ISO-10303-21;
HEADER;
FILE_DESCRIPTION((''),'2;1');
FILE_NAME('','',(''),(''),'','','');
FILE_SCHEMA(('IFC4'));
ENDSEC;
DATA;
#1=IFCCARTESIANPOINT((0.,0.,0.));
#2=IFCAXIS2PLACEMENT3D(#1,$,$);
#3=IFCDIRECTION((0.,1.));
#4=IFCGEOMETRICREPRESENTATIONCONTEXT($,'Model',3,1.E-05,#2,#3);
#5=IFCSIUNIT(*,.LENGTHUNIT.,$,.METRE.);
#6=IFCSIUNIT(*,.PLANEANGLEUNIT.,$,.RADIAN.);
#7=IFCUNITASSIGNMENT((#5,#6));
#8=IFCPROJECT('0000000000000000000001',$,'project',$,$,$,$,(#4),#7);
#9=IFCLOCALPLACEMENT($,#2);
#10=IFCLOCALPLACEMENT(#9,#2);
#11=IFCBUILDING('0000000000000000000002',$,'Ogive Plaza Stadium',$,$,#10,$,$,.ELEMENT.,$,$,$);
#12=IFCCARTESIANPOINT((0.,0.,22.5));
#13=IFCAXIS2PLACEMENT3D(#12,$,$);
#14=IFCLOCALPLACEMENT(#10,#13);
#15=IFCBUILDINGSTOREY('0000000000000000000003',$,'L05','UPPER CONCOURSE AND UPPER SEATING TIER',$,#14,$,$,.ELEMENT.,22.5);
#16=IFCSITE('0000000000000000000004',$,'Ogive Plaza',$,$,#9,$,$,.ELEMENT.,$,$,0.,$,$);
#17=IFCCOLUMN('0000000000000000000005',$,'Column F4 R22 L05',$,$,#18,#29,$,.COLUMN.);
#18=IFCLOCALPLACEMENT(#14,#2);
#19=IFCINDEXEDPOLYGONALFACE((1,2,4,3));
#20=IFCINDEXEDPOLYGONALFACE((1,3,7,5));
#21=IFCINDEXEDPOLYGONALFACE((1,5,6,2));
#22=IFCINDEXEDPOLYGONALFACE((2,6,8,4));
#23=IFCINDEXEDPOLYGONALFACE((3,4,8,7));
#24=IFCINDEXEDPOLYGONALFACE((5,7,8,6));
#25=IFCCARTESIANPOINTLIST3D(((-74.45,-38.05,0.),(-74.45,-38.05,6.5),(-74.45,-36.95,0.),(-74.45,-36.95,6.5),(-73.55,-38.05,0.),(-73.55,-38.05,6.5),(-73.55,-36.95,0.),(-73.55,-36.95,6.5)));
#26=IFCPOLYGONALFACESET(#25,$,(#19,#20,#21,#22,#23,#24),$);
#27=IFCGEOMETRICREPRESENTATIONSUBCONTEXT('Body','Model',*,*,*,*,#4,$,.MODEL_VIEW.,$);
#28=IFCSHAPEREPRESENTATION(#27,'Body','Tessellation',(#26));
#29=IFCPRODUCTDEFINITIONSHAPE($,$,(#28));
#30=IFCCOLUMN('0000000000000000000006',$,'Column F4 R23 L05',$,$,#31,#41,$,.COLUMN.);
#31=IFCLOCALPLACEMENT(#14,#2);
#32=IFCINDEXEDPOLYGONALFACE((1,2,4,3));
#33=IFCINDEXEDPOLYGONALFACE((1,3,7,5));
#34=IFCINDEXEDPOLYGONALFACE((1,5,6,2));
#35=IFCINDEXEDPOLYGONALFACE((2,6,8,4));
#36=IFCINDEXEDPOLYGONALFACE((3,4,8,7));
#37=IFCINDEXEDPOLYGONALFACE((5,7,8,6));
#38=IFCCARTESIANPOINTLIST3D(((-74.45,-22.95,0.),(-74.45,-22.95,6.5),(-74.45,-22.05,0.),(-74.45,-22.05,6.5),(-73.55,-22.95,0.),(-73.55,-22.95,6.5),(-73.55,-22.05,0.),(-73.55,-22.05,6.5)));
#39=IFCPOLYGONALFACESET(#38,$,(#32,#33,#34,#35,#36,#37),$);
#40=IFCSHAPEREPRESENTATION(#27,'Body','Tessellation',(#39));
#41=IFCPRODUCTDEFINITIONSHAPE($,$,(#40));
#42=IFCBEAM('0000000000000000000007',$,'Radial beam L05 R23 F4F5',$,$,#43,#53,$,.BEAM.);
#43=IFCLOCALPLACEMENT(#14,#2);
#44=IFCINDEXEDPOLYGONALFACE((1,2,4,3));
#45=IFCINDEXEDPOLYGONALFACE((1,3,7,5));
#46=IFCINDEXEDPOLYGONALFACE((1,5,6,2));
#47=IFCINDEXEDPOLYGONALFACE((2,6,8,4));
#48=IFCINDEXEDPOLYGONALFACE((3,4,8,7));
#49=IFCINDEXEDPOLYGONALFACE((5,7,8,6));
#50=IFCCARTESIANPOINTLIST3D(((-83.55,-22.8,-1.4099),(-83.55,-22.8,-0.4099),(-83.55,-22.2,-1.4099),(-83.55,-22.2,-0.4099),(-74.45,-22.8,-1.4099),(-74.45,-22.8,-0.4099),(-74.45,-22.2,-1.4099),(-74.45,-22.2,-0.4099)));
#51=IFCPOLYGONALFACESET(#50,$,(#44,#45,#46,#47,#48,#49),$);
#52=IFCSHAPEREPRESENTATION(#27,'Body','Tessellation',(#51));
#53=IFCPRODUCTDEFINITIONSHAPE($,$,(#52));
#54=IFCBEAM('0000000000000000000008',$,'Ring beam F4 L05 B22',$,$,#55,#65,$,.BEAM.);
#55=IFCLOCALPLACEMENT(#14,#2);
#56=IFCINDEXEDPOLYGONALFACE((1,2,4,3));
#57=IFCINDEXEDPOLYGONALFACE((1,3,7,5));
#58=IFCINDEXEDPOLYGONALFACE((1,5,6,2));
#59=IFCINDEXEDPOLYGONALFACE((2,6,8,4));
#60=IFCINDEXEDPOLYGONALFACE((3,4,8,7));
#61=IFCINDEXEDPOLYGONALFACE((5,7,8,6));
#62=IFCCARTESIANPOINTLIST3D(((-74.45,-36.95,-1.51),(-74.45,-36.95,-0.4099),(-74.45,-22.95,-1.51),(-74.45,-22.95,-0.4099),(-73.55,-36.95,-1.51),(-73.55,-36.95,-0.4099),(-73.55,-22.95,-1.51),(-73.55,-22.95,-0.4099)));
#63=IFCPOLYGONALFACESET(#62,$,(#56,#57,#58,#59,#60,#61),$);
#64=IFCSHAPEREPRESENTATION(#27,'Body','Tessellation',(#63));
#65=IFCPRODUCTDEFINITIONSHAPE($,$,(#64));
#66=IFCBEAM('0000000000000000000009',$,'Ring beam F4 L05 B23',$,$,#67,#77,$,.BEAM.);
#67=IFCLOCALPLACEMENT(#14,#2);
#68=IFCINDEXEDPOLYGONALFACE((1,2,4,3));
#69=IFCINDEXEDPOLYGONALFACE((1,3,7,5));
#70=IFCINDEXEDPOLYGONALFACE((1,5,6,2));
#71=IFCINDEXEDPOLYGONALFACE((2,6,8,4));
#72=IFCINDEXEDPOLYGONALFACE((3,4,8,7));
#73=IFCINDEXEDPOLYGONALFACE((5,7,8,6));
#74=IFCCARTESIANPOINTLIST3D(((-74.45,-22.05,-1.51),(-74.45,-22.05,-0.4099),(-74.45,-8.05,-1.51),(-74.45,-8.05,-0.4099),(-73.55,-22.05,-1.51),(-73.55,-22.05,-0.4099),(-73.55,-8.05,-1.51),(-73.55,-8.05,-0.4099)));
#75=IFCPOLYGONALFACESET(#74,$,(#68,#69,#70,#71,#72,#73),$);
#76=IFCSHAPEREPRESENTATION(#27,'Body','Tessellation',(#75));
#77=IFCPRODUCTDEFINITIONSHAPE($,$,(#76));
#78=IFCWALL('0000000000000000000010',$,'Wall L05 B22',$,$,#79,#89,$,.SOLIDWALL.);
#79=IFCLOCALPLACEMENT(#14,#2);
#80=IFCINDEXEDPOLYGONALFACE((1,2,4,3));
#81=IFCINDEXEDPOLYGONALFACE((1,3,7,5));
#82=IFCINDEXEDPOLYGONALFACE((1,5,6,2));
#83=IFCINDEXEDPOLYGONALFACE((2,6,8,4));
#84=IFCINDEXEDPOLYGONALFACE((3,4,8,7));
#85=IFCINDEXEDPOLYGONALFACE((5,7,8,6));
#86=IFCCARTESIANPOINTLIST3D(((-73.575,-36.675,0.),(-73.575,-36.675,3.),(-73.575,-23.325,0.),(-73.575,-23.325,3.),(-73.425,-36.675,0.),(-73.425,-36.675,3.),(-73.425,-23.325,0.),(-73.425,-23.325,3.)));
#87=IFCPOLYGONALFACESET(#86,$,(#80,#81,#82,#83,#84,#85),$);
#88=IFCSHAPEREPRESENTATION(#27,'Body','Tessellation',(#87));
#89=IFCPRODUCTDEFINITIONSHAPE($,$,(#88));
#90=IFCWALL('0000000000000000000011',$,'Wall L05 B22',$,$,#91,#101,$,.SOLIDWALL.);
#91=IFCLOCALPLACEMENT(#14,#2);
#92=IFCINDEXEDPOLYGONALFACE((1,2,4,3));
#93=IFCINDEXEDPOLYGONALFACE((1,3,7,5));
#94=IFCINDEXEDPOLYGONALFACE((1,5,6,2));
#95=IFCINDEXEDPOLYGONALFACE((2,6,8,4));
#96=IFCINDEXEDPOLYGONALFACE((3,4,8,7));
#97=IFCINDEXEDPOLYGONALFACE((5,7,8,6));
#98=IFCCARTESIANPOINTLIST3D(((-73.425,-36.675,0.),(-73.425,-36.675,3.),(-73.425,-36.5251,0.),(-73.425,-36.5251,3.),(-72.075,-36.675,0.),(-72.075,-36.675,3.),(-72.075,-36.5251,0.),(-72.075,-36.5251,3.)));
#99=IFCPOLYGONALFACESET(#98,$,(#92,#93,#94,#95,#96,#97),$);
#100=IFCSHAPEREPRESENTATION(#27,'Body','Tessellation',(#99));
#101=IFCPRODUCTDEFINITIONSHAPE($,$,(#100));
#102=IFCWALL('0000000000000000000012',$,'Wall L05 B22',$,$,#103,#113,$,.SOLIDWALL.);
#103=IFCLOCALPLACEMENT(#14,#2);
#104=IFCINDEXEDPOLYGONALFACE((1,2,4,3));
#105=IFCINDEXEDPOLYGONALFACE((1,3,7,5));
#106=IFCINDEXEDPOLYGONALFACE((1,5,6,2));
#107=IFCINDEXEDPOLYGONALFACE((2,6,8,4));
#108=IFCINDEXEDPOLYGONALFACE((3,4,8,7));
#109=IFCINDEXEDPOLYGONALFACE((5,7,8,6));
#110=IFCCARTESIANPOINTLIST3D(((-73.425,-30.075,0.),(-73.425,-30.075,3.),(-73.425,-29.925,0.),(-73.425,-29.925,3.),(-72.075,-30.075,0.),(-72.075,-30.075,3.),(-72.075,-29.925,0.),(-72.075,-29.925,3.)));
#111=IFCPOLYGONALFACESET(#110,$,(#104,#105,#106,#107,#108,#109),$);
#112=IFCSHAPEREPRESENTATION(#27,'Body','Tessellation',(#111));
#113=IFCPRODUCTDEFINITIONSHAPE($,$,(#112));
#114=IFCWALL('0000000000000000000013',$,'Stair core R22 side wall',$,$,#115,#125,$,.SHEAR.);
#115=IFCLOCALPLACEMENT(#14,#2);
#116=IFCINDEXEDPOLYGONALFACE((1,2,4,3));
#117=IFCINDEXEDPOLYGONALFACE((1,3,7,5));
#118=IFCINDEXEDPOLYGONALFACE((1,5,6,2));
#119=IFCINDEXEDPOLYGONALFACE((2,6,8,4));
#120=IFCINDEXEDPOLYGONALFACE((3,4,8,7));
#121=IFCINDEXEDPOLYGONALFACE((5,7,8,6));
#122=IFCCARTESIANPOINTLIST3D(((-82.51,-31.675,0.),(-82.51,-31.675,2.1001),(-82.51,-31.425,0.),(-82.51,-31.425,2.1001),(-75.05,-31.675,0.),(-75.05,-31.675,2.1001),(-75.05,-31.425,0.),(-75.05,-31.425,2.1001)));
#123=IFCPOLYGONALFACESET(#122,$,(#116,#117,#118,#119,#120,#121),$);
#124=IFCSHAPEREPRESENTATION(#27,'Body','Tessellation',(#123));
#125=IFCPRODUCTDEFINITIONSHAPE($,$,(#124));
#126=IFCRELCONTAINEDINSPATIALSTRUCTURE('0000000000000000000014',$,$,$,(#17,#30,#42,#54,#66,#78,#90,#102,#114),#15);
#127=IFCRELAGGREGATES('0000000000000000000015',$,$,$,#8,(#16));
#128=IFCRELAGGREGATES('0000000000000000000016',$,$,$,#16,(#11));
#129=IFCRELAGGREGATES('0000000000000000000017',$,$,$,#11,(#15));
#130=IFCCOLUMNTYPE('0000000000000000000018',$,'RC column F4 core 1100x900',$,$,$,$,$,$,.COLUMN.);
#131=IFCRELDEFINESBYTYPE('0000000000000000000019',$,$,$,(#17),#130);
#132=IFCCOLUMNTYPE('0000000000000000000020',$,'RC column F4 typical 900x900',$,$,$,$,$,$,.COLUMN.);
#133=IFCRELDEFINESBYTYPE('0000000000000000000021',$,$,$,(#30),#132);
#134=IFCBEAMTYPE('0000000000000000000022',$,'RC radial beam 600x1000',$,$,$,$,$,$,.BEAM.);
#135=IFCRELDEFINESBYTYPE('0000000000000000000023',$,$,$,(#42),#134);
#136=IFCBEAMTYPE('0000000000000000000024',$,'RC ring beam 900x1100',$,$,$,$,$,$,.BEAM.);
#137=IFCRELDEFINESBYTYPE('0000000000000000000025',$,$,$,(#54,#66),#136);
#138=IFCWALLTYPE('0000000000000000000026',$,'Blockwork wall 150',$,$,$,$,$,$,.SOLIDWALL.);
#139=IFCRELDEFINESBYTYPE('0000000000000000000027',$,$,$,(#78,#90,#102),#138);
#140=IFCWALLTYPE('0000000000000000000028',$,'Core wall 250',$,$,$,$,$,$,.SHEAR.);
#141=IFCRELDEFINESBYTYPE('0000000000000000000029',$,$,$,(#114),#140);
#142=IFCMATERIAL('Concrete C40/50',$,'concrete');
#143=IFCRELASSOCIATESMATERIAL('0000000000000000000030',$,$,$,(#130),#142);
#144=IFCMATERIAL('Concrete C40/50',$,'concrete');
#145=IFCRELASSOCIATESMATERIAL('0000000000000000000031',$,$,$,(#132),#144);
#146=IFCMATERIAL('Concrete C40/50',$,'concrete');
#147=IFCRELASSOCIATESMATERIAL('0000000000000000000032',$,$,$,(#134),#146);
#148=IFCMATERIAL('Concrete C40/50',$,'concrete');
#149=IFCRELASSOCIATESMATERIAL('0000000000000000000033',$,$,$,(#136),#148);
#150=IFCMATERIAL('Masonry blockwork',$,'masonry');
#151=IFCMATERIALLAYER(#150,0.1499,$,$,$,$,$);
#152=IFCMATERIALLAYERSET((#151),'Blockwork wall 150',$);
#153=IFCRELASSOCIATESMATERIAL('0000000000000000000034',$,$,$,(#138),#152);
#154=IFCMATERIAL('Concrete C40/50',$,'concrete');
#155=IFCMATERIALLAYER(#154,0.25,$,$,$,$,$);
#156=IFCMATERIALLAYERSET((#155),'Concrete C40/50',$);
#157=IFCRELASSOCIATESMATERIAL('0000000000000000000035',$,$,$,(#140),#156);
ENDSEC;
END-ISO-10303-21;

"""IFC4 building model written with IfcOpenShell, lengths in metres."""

from ifc_helpers import new_model, si_unit, direction, frame, frame_2d, origin, origin_2d, place, context, subcontext, project, spatial, rectangle, extrude, material, layer, layer_set, material_profile, profile_set, type_object, element, save


model = new_model("IFC4")

# Units and contexts
model_context = context("Model", 3, precision=1e-05, world=origin(), true_north=direction((0.0, 1.0)))
body_context = subcontext(model_context, "Body", "Model", "MODEL_VIEW")
ifc_project = project(units=[si_unit("LENGTHUNIT", "METRE"), si_unit("PLANEANGLEUNIT", "RADIAN")], contexts=[model_context])

# Site, building, storey
site_placement = place(None, origin())
site = spatial("IfcSite", under=ifc_project, at=site_placement, Name="Ogive Plaza", CompositionType="ELEMENT", RefElevation=0.0)
building_placement = place(site_placement, origin())
building = spatial("IfcBuilding", under=site, at=building_placement, Name="Ogive Plaza Stadium", CompositionType="ELEMENT")
storey_placement = place(building_placement, frame((0.0, 0.0, 22.5)))
storey = spatial("IfcBuildingStorey", under=building, at=storey_placement, Name="L05", Description="UPPER CONCOURSE AND UPPER SEATING TIER", CompositionType="ELEMENT", Elevation=22.5)

# Columns
ifc_material_1 = material(Name="Concrete C40/50", Category="concrete")
ifc_material_profile_1 = material_profile(ifc_material_1, rectangle(XDim=1.1001, YDim=0.8999, at=origin_2d()), Name="RC 1100x900")
ifc_profile_set_1 = profile_set([ifc_material_profile_1], Name="Concrete C40/50")
column_type_1 = type_object("IfcColumnType", Name="RC column F4 core 1100x900", PredefinedType="COLUMN", material=ifc_profile_set_1)
column_1_placement = place(storey_placement, frame((-74.0, -37.5, 0.0), z_axis=(0.0, 0.0, 1.0), x_axis=(0.0, -1.0, 0.0)))
element("IfcColumn", 1, at=column_1_placement, inside=storey, type_object=column_type_1, Name="Column F4 R22 L05", PredefinedType="COLUMN", context=body_context, shape_type="SweptSolid", body=[
    extrude(rectangle(XDim=1.1001, YDim=0.8999, at=origin_2d()), origin(), (0.0, 0.0, 1.0), 6.5),
])
ifc_material_2 = material(Name="Concrete C40/50", Category="concrete")
ifc_material_profile_2 = material_profile(ifc_material_2, rectangle(XDim=0.8999, YDim=0.8999, at=origin_2d()), Name="RC 900x900")
ifc_profile_set_2 = profile_set([ifc_material_profile_2], Name="Concrete C40/50")
column_type_2 = type_object("IfcColumnType", Name="RC column F4 typical 900x900", PredefinedType="COLUMN", material=ifc_profile_set_2)
column_2_placement = place(storey_placement, frame((-74.0, -22.5, 0.0), z_axis=(0.0, 0.0, 1.0), x_axis=(0.0, -1.0, 0.0)))
element("IfcColumn", 2, at=column_2_placement, inside=storey, type_object=column_type_2, Name="Column F4 R23 L05", PredefinedType="COLUMN", context=body_context, shape_type="SweptSolid", body=[
    extrude(rectangle(XDim=0.8999, YDim=0.8999, at=origin_2d()), origin(), (0.0, 0.0, 1.0), 6.5),
])

# Beams
ifc_material_3 = material(Name="Concrete C40/50", Category="concrete")
ifc_material_profile_3 = material_profile(ifc_material_3, rectangle(XDim=0.6001, YDim=1.0, at=origin_2d()), Name="RC 600x1000")
ifc_profile_set_3 = profile_set([ifc_material_profile_3], Name="Concrete C40/50")
beam_type_1 = type_object("IfcBeamType", Name="RC radial beam 600x1000", PredefinedType="BEAM", material=ifc_profile_set_3)
beam_placement = place(storey_placement, frame((-74.45, -22.5, -0.9099), z_axis=(-1.0, 0.0, 0.0), x_axis=(0.0, -1.0, 0.0)))
element("IfcBeam", 3, at=beam_placement, inside=storey, type_object=beam_type_1, Name="Radial beam L05 R23 F4F5", PredefinedType="BEAM", context=body_context, shape_type="SweptSolid", body=[
    extrude(rectangle(XDim=0.6001, YDim=1.0, at=origin_2d()), origin(), (0.0, 0.0, 1.0), 9.1001),
])
ifc_material_4 = material(Name="Concrete C40/50", Category="concrete")
ifc_material_profile_4 = material_profile(ifc_material_4, rectangle(XDim=0.8999, YDim=1.1001, at=origin_2d()), Name="RC 900x1100")
ifc_profile_set_4 = profile_set([ifc_material_profile_4], Name="Concrete C40/50")
beam_type_2 = type_object("IfcBeamType", Name="RC ring beam 900x1100", PredefinedType="BEAM", material=ifc_profile_set_4)
for number, where, z_axis, x_axis, name in (
    (4, (-74.0, -36.95, -0.96), (0.0, 1.0, 0.0), (-1.0, 0.0, 0.0), "Ring beam F4 L05 B22"),
    (5, (-74.0, -22.05, -0.96), (0.0, 1.0, 0.0), (-1.0, 0.0, 0.0), "Ring beam F4 L05 B23"),
):
    element("IfcBeam", number, at=place(storey_placement, frame(where, z_axis=z_axis, x_axis=x_axis)), inside=storey, type_object=beam_type_2, Name=name, PredefinedType="BEAM", context=body_context, shape_type="SweptSolid", body=[
        extrude(rectangle(XDim=0.8999, YDim=1.1001, at=origin_2d()), origin(), (0.0, 0.0, 1.0), 14.0),
    ])

# Walls
ifc_material_5 = material(Name="Masonry blockwork", Category="masonry")
ifc_layer_1 = layer(ifc_material_5, 0.1499)
ifc_layer_set_1 = layer_set([ifc_layer_1], Name="Blockwork wall 150")
wall_type_1 = type_object("IfcWallType", Name="Blockwork wall 150", PredefinedType="SOLIDWALL", material=ifc_layer_set_1)
wall_1_placement = place(storey_placement, frame((-73.5, -36.675, 0.0), z_axis=(0.0, 0.0, 1.0), x_axis=(0.0, 1.0, 0.0)))
element("IfcWall", 6, at=wall_1_placement, inside=storey, type_object=wall_type_1, Name="Wall L05 B22", PredefinedType="SOLIDWALL", context=body_context, shape_type="SweptSolid", body=[
    extrude(rectangle(XDim=13.3501, YDim=0.1499, at=frame_2d((6.675, 0.0))), origin(), (0.0, 0.0, 1.0), 3.0),
])
for number, where, z_axis, x_axis, name in (
    (7, (-72.075, -36.6001, 0.0), (0.0, 0.0, 1.0), (-1.0, 0.0, 0.0), "Wall L05 B22"),
    (8, (-72.075, -30.0, 0.0), (0.0, 0.0, 1.0), (-1.0, 0.0, 0.0), "Wall L05 B22"),
):
    element("IfcWall", number, at=place(storey_placement, frame(where, z_axis=z_axis, x_axis=x_axis)), inside=storey, type_object=wall_type_1, Name=name, PredefinedType="SOLIDWALL", context=body_context, shape_type="SweptSolid", body=[
        extrude(rectangle(XDim=1.3501, YDim=0.1499, at=frame_2d((0.675, 0.0))), origin(), (0.0, 0.0, 1.0), 3.0),
    ])

# Shared definitions
ifc_material_6 = material(Name="Concrete C40/50", Category="concrete")
ifc_layer_2 = layer(ifc_material_6, 0.25)
ifc_layer_set_2 = layer_set([ifc_layer_2], Name="Concrete C40/50")
wall_type_2 = type_object("IfcWallType", Name="Core wall 250", PredefinedType="SHEAR", material=ifc_layer_set_2)

# Wall
wall_2_placement = place(storey_placement, frame((-75.05, -31.55, 0.0), z_axis=(0.0, 0.0, 1.0), x_axis=(-1.0, 0.0, 0.0)))
element("IfcWall", 9, at=wall_2_placement, inside=storey, type_object=wall_type_2, Name="Stair core R22 side wall", PredefinedType="SHEAR", context=body_context, shape_type="SweptSolid", body=[
    extrude(rectangle(XDim=7.46, YDim=0.25, at=frame_2d((3.73, 0.0))), origin(), (0.0, 0.0, 1.0), 2.1001),
])

save(model, "model.ifc")
